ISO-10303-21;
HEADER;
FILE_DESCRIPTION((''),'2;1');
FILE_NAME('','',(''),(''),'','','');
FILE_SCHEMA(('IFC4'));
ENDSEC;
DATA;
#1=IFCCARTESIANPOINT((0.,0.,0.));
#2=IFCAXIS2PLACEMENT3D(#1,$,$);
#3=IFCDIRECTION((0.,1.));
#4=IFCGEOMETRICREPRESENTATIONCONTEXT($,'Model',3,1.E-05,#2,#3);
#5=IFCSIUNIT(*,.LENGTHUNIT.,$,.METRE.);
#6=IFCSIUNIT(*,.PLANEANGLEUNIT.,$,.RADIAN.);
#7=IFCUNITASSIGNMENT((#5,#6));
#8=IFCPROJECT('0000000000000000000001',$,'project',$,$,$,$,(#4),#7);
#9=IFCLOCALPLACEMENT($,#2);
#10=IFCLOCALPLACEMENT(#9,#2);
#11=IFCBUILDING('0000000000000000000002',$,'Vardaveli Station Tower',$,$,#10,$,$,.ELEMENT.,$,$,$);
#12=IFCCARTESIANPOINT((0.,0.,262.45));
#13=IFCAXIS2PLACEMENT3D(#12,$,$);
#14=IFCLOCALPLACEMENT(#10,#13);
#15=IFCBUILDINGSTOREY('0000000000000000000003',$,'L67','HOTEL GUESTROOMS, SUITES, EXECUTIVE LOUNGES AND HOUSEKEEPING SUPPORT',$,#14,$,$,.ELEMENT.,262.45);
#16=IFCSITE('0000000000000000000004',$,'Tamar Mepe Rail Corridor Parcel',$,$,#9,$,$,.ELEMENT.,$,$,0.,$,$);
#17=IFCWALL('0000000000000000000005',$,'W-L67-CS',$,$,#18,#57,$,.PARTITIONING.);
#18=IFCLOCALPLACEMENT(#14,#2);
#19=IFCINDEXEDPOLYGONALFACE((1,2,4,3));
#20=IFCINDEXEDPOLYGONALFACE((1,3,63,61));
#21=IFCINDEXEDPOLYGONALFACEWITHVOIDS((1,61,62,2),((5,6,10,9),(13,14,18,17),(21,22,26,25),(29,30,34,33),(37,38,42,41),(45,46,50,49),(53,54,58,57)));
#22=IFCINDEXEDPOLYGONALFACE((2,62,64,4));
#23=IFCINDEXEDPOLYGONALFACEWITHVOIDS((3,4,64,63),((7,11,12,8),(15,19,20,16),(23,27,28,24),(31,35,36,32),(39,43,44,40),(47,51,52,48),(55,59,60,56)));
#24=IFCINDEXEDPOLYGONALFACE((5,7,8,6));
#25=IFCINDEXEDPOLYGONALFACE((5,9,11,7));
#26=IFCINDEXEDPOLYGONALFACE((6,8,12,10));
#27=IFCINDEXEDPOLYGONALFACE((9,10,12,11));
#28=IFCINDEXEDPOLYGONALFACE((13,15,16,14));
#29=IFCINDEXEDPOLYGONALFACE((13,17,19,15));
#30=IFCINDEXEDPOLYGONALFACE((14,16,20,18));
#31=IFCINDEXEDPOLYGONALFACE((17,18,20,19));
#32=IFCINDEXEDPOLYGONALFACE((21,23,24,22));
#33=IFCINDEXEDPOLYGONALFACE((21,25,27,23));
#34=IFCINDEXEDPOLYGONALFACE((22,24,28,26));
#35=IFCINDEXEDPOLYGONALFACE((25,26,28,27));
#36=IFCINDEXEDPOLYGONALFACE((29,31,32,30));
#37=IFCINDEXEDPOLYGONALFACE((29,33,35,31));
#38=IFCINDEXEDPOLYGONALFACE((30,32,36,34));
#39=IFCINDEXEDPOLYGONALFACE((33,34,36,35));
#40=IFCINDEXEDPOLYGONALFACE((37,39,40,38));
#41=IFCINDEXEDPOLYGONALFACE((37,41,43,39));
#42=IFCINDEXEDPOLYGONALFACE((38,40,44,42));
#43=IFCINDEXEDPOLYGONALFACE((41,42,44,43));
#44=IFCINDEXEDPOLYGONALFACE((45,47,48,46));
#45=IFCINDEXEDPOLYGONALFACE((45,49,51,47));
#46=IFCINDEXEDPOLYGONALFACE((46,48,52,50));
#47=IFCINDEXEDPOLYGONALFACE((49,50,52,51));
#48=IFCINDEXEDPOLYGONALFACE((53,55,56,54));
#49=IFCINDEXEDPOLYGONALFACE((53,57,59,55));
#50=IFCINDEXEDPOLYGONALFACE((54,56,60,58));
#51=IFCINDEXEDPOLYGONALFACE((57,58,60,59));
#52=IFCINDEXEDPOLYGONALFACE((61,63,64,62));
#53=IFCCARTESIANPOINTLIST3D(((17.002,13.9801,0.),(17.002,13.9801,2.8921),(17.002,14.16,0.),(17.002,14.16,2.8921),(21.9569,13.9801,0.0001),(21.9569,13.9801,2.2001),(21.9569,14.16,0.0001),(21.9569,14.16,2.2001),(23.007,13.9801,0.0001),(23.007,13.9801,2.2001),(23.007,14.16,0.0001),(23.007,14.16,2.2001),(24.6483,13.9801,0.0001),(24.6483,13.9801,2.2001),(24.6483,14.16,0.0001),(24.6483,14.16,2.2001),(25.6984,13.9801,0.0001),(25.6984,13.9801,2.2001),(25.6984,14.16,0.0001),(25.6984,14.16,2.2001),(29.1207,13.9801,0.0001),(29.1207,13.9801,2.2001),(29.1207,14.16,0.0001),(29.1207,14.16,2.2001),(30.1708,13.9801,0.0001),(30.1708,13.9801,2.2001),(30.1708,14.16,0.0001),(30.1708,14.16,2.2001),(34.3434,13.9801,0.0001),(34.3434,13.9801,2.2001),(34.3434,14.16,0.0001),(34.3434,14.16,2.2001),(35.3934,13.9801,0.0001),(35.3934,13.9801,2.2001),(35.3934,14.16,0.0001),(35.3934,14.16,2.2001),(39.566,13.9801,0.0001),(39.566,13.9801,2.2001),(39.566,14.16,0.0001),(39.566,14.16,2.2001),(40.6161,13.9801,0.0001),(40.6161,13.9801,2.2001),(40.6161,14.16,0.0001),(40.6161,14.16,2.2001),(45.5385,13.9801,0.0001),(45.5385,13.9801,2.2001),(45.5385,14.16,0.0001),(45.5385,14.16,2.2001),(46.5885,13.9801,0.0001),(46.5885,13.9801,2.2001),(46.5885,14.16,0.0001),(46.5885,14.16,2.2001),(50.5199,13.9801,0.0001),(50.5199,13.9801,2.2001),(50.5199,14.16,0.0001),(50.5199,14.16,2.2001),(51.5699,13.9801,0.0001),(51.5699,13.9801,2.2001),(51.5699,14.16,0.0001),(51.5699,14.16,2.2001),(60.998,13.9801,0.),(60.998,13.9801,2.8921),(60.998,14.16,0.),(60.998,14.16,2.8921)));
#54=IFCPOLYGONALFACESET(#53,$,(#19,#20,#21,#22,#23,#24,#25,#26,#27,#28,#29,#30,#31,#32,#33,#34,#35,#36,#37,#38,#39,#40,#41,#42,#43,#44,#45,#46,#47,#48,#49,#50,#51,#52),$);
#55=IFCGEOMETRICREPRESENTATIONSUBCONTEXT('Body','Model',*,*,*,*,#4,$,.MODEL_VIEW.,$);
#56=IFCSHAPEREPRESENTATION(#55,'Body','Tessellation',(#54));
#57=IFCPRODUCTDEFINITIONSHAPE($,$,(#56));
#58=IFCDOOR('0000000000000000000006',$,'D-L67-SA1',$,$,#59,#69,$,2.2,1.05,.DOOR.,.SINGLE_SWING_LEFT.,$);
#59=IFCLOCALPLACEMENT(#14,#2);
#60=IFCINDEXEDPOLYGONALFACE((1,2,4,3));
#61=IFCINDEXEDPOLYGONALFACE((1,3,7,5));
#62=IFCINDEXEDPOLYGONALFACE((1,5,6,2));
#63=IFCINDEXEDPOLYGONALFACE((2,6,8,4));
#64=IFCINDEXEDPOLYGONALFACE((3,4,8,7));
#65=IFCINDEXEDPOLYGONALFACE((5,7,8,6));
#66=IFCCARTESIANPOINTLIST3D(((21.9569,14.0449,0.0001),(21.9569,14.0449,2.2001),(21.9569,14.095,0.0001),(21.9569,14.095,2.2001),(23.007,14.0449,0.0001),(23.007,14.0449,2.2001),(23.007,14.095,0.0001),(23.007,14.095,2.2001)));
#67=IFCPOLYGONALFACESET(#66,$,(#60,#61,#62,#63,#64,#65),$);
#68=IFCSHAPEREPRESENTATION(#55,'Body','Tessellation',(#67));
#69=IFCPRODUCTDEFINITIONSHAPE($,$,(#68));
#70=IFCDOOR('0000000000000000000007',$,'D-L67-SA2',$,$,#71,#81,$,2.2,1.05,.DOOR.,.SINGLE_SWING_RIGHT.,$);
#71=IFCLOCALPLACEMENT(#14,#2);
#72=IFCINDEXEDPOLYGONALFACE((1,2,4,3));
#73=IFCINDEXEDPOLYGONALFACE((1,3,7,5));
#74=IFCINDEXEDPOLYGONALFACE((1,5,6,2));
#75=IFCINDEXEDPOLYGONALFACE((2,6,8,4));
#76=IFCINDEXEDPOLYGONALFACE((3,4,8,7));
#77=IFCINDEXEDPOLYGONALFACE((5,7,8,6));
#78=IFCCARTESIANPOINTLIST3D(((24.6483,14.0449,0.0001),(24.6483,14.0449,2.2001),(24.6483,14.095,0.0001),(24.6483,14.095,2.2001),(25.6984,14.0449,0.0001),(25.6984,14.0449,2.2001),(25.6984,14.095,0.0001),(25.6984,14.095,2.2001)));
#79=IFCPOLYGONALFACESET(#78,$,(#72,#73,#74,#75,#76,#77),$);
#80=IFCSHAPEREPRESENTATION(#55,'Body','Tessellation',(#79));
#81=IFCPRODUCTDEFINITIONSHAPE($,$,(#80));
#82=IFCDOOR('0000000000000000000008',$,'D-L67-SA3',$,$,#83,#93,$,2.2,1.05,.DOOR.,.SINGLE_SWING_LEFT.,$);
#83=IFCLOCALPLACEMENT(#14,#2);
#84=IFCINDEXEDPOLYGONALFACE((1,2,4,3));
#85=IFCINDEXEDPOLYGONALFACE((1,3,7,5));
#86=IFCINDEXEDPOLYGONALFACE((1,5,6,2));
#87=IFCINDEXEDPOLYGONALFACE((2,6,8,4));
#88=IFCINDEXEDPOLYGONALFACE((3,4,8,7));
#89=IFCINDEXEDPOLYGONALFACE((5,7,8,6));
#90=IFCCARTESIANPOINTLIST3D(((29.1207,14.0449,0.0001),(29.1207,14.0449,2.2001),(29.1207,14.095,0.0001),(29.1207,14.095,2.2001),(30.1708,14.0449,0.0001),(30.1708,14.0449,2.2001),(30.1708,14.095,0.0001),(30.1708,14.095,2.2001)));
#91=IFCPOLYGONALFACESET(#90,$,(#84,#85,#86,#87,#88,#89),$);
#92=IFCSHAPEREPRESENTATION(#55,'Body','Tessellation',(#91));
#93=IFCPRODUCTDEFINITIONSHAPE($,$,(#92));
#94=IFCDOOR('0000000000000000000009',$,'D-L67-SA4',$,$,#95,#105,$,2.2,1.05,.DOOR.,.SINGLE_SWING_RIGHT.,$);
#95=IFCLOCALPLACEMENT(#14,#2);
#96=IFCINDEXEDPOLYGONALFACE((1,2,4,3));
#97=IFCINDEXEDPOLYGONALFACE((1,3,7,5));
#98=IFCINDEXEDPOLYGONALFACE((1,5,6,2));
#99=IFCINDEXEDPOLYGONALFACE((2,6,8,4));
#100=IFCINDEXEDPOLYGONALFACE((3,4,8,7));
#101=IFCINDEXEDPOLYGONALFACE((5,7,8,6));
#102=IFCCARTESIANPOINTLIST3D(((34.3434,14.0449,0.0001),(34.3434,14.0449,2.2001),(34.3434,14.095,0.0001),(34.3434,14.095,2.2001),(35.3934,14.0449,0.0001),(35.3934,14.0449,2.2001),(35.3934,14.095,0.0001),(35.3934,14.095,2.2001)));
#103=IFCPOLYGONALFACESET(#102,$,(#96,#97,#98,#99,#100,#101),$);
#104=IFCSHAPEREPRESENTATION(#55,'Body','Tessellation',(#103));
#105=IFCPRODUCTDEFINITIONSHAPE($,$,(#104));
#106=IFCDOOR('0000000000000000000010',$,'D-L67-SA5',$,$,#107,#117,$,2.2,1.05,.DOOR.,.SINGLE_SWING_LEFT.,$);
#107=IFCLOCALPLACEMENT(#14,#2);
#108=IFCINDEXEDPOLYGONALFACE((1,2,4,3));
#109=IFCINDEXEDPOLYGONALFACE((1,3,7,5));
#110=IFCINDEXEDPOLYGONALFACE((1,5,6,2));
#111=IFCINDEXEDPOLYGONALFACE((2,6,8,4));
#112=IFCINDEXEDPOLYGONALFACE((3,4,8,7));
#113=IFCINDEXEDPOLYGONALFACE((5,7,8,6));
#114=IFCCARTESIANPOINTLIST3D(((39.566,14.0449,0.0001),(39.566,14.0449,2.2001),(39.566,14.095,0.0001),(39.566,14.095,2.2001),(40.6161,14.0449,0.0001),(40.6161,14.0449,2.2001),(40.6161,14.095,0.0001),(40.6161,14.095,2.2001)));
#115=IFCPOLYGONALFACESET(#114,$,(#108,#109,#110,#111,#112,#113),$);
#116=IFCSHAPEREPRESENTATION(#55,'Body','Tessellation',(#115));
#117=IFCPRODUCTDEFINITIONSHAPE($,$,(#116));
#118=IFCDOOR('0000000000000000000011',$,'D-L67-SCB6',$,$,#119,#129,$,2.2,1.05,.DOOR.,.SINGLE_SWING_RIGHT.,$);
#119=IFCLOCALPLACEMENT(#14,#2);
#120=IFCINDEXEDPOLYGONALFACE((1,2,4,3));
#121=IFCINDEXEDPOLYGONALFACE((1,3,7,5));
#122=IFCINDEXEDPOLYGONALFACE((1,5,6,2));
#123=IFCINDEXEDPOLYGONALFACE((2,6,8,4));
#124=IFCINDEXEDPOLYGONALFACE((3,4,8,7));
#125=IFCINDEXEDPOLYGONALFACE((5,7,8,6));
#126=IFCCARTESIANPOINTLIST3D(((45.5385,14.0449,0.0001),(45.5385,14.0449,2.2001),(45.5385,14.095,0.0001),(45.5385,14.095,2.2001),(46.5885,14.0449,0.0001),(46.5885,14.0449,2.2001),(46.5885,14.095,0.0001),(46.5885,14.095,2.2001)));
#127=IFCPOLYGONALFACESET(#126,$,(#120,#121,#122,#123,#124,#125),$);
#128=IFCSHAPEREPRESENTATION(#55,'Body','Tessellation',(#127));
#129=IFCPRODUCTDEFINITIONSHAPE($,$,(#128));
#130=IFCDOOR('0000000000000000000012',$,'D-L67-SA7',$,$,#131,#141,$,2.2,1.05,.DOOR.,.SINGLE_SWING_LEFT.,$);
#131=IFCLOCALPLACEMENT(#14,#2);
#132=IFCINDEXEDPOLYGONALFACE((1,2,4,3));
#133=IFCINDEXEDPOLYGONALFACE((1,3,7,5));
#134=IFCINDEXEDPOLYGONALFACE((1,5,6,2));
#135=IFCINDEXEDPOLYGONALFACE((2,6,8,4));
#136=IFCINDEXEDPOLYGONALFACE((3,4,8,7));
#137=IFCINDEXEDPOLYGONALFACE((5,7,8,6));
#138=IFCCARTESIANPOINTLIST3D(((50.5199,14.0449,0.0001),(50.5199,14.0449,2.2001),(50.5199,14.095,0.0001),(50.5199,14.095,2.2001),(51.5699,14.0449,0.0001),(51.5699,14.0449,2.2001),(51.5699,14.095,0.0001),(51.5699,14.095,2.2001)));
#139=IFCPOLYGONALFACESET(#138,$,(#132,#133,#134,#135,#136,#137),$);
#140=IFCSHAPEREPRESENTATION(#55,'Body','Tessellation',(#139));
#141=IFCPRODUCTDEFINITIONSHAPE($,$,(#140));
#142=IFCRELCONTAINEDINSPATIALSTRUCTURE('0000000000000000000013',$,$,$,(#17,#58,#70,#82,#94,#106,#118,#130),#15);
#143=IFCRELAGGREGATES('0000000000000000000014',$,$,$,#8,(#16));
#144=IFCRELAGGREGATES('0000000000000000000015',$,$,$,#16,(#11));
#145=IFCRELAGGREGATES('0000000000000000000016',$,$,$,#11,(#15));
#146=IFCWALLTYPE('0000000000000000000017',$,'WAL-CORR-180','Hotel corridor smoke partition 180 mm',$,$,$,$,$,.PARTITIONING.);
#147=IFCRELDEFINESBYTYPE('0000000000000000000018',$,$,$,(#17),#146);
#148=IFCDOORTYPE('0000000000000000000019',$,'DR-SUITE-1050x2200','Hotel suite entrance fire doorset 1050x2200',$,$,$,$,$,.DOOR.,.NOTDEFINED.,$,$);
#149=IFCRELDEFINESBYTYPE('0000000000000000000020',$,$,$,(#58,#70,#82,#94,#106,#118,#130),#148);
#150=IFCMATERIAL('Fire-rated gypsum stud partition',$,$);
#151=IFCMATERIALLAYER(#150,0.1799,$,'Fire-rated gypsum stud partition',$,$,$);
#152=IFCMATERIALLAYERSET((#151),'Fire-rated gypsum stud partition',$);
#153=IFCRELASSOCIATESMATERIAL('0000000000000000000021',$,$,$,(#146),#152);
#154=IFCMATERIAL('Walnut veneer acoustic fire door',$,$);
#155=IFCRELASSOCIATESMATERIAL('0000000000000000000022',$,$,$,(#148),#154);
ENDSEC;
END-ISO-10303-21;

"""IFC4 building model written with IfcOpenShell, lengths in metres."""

from ifc_helpers import new_model, si_unit, direction, frame, frame_2d, origin, place, context, subcontext, project, spatial, rectangle, extrude, source, transform, mapped, material, layer, layer_set, type_object, element, fill, save


model = new_model("IFC4")

# Units and contexts
model_context = context("Model", 3, precision=1e-05, world=origin(), true_north=direction((0.0, 1.0)))
body_context = subcontext(model_context, "Body", "Model", "MODEL_VIEW")
ifc_project = project(units=[si_unit("LENGTHUNIT", "METRE"), si_unit("PLANEANGLEUNIT", "RADIAN")], contexts=[model_context])

# Site, building, storey
site_placement = place(None, origin())
site = spatial("IfcSite", under=ifc_project, at=site_placement, Name="Tamar Mepe Rail Corridor Parcel", CompositionType="ELEMENT", RefElevation=0.0)
building_placement = place(site_placement, origin())
building = spatial("IfcBuilding", under=site, at=building_placement, Name="Vardaveli Station Tower", CompositionType="ELEMENT")
storey_placement = place(building_placement, frame((0.0, 0.0, 262.45)))
storey = spatial("IfcBuildingStorey", under=building, at=storey_placement, Name="L67", Description="HOTEL GUESTROOMS, SUITES, EXECUTIVE LOUNGES AND HOUSEKEEPING SUPPORT", CompositionType="ELEMENT", Elevation=262.45)

# Wall, openings, doors
ifc_material_1 = material(Name="Fire-rated gypsum stud partition")
ifc_layer_1 = layer(ifc_material_1, 0.1799, Name="Fire-rated gypsum stud partition")
ifc_layer_set_1 = layer_set([ifc_layer_1], Name="Fire-rated gypsum stud partition")
wall_type_1 = type_object("IfcWallType", Name="WAL-CORR-180", Description="Hotel corridor smoke partition 180 mm", PredefinedType="PARTITIONING", material=ifc_layer_set_1)
shared_shape_1 = source(origin(), body_context, "Body", "SweptSolid", [
    extrude(rectangle(XDim=43.9961, YDim=0.1799, at=frame_2d((21.998, 0.0))), origin(), (0.0, 0.0, 1.0), 2.8921),
])
wall_1_placement = place(storey_placement, frame((17.002, 14.0701, 0.0), z_axis=(0.0, 0.0, 1.0), x_axis=(1.0, 0.0, 0.0)))
wall_1 = element("IfcWall", 1, at=wall_1_placement, inside=storey, type_object=wall_type_1, Name="W-L67-CS", PredefinedType="PARTITIONING", context=body_context, shape_type="MappedRepresentation", body=[
    mapped(shared_shape_1, transform((0.0, 0.0, 0.0), scale=1.0)),
])
shared_shape_2 = source(origin(), body_context, "Body", "SweptSolid", [
    extrude(rectangle(XDim=1.05, YDim=2.2, at=frame_2d((0.5249, 1.1001))), frame((0.0, 0.1001, 0.0), z_axis=(0.0, -1.0, 0.0), x_axis=(1.0, 0.0, 0.0)), (0.0, 0.0, 1.0), 0.2),
])
opening_1_placement = place(wall_1_placement, frame((4.9551, 0.0, 0.0)))
opening_1 = element("IfcOpeningElement", 2, at=opening_1_placement, cuts=wall_1, PredefinedType="OPENING", context=body_context, shape_type="MappedRepresentation", body=[
    mapped(shared_shape_2, transform((0.0, 0.0, 0.0), scale=1.0)),
])
opening_2_placement = place(wall_1_placement, frame((7.6465, 0.0, 0.0)))
opening_2 = element("IfcOpeningElement", 3, at=opening_2_placement, cuts=wall_1, PredefinedType="OPENING", context=body_context, shape_type="MappedRepresentation", body=[
    mapped(shared_shape_2, transform((0.0, 0.0, 0.0), scale=1.0)),
])
opening_3_placement = place(wall_1_placement, frame((12.1189, 0.0, 0.0)))
opening_3 = element("IfcOpeningElement", 4, at=opening_3_placement, cuts=wall_1, PredefinedType="OPENING", context=body_context, shape_type="MappedRepresentation", body=[
    mapped(shared_shape_2, transform((0.0, 0.0, 0.0), scale=1.0)),
])
opening_4_placement = place(wall_1_placement, frame((17.3416, 0.0, 0.0)))
opening_4 = element("IfcOpeningElement", 5, at=opening_4_placement, cuts=wall_1, PredefinedType="OPENING", context=body_context, shape_type="MappedRepresentation", body=[
    mapped(shared_shape_2, transform((0.0, 0.0, 0.0), scale=1.0)),
])
opening_5_placement = place(wall_1_placement, frame((22.5642, 0.0, 0.0)))
opening_5 = element("IfcOpeningElement", 6, at=opening_5_placement, cuts=wall_1, PredefinedType="OPENING", context=body_context, shape_type="MappedRepresentation", body=[
    mapped(shared_shape_2, transform((0.0, 0.0, 0.0), scale=1.0)),
])
opening_6_placement = place(wall_1_placement, frame((28.5366, 0.0, 0.0)))
opening_6 = element("IfcOpeningElement", 7, at=opening_6_placement, cuts=wall_1, PredefinedType="OPENING", context=body_context, shape_type="MappedRepresentation", body=[
    mapped(shared_shape_2, transform((0.0, 0.0, 0.0), scale=1.0)),
])
opening_7_placement = place(wall_1_placement, frame((33.5181, 0.0, 0.0)))
opening_7 = element("IfcOpeningElement", 8, at=opening_7_placement, cuts=wall_1, PredefinedType="OPENING", context=body_context, shape_type="MappedRepresentation", body=[
    mapped(shared_shape_2, transform((0.0, 0.0, 0.0), scale=1.0)),
])
ifc_material_2 = material(Name="Walnut veneer acoustic fire door")
door_type_1 = type_object("IfcDoorType", Name="DR-SUITE-1050x2200", Description="Hotel suite entrance fire doorset 1050x2200", OperationType="NOTDEFINED", PredefinedType="DOOR", material=ifc_material_2)
shared_shape_3 = source(origin(), body_context, "Body", "SweptSolid", [
    extrude(rectangle(XDim=1.05, YDim=2.2, at=frame_2d((0.5249, 1.1001))), frame((0.0, 0.0249, 0.0), z_axis=(0.0, -1.0, 0.0), x_axis=(1.0, 0.0, 0.0)), (0.0, 0.0, 1.0), 0.05),
])
door_1_placement = place(opening_1_placement, origin())
door_1 = element("IfcDoor", 9, at=door_1_placement, inside=storey, type_object=door_type_1, Name="D-L67-SA1", OperationType="SINGLE_SWING_LEFT", OverallHeight=2.2, OverallWidth=1.05, PredefinedType="DOOR", context=body_context, shape_type="MappedRepresentation", body=[
    mapped(shared_shape_3, transform((0.0, 0.0, 0.0), scale=1.0)),
])
fill(opening_1, door_1)
door_2_placement = place(opening_2_placement, origin())
door_2 = element("IfcDoor", 10, at=door_2_placement, inside=storey, type_object=door_type_1, Name="D-L67-SA2", OperationType="SINGLE_SWING_RIGHT", OverallHeight=2.2, OverallWidth=1.05, PredefinedType="DOOR", context=body_context, shape_type="MappedRepresentation", body=[
    mapped(shared_shape_3, transform((0.0, 0.0, 0.0), scale=1.0)),
])
fill(opening_2, door_2)
door_3_placement = place(opening_3_placement, origin())
door_3 = element("IfcDoor", 11, at=door_3_placement, inside=storey, type_object=door_type_1, Name="D-L67-SA3", OperationType="SINGLE_SWING_LEFT", OverallHeight=2.2, OverallWidth=1.05, PredefinedType="DOOR", context=body_context, shape_type="MappedRepresentation", body=[
    mapped(shared_shape_3, transform((0.0, 0.0, 0.0), scale=1.0)),
])
fill(opening_3, door_3)
door_4_placement = place(opening_4_placement, origin())
door_4 = element("IfcDoor", 12, at=door_4_placement, inside=storey, type_object=door_type_1, Name="D-L67-SA4", OperationType="SINGLE_SWING_RIGHT", OverallHeight=2.2, OverallWidth=1.05, PredefinedType="DOOR", context=body_context, shape_type="MappedRepresentation", body=[
    mapped(shared_shape_3, transform((0.0, 0.0, 0.0), scale=1.0)),
])
fill(opening_4, door_4)
door_5_placement = place(opening_5_placement, origin())
door_5 = element("IfcDoor", 13, at=door_5_placement, inside=storey, type_object=door_type_1, Name="D-L67-SA5", OperationType="SINGLE_SWING_LEFT", OverallHeight=2.2, OverallWidth=1.05, PredefinedType="DOOR", context=body_context, shape_type="MappedRepresentation", body=[
    mapped(shared_shape_3, transform((0.0, 0.0, 0.0), scale=1.0)),
])
fill(opening_5, door_5)
door_6_placement = place(opening_6_placement, origin())
door_6 = element("IfcDoor", 14, at=door_6_placement, inside=storey, type_object=door_type_1, Name="D-L67-SCB6", OperationType="SINGLE_SWING_RIGHT", OverallHeight=2.2, OverallWidth=1.05, PredefinedType="DOOR", context=body_context, shape_type="MappedRepresentation", body=[
    mapped(shared_shape_3, transform((0.0, 0.0, 0.0), scale=1.0)),
])
fill(opening_6, door_6)
door_7_placement = place(opening_7_placement, origin())
door_7 = element("IfcDoor", 15, at=door_7_placement, inside=storey, type_object=door_type_1, Name="D-L67-SA7", OperationType="SINGLE_SWING_LEFT", OverallHeight=2.2, OverallWidth=1.05, PredefinedType="DOOR", context=body_context, shape_type="MappedRepresentation", body=[
    mapped(shared_shape_3, transform((0.0, 0.0, 0.0), scale=1.0)),
])
fill(opening_7, door_7)

save(model, "model.ifc")
